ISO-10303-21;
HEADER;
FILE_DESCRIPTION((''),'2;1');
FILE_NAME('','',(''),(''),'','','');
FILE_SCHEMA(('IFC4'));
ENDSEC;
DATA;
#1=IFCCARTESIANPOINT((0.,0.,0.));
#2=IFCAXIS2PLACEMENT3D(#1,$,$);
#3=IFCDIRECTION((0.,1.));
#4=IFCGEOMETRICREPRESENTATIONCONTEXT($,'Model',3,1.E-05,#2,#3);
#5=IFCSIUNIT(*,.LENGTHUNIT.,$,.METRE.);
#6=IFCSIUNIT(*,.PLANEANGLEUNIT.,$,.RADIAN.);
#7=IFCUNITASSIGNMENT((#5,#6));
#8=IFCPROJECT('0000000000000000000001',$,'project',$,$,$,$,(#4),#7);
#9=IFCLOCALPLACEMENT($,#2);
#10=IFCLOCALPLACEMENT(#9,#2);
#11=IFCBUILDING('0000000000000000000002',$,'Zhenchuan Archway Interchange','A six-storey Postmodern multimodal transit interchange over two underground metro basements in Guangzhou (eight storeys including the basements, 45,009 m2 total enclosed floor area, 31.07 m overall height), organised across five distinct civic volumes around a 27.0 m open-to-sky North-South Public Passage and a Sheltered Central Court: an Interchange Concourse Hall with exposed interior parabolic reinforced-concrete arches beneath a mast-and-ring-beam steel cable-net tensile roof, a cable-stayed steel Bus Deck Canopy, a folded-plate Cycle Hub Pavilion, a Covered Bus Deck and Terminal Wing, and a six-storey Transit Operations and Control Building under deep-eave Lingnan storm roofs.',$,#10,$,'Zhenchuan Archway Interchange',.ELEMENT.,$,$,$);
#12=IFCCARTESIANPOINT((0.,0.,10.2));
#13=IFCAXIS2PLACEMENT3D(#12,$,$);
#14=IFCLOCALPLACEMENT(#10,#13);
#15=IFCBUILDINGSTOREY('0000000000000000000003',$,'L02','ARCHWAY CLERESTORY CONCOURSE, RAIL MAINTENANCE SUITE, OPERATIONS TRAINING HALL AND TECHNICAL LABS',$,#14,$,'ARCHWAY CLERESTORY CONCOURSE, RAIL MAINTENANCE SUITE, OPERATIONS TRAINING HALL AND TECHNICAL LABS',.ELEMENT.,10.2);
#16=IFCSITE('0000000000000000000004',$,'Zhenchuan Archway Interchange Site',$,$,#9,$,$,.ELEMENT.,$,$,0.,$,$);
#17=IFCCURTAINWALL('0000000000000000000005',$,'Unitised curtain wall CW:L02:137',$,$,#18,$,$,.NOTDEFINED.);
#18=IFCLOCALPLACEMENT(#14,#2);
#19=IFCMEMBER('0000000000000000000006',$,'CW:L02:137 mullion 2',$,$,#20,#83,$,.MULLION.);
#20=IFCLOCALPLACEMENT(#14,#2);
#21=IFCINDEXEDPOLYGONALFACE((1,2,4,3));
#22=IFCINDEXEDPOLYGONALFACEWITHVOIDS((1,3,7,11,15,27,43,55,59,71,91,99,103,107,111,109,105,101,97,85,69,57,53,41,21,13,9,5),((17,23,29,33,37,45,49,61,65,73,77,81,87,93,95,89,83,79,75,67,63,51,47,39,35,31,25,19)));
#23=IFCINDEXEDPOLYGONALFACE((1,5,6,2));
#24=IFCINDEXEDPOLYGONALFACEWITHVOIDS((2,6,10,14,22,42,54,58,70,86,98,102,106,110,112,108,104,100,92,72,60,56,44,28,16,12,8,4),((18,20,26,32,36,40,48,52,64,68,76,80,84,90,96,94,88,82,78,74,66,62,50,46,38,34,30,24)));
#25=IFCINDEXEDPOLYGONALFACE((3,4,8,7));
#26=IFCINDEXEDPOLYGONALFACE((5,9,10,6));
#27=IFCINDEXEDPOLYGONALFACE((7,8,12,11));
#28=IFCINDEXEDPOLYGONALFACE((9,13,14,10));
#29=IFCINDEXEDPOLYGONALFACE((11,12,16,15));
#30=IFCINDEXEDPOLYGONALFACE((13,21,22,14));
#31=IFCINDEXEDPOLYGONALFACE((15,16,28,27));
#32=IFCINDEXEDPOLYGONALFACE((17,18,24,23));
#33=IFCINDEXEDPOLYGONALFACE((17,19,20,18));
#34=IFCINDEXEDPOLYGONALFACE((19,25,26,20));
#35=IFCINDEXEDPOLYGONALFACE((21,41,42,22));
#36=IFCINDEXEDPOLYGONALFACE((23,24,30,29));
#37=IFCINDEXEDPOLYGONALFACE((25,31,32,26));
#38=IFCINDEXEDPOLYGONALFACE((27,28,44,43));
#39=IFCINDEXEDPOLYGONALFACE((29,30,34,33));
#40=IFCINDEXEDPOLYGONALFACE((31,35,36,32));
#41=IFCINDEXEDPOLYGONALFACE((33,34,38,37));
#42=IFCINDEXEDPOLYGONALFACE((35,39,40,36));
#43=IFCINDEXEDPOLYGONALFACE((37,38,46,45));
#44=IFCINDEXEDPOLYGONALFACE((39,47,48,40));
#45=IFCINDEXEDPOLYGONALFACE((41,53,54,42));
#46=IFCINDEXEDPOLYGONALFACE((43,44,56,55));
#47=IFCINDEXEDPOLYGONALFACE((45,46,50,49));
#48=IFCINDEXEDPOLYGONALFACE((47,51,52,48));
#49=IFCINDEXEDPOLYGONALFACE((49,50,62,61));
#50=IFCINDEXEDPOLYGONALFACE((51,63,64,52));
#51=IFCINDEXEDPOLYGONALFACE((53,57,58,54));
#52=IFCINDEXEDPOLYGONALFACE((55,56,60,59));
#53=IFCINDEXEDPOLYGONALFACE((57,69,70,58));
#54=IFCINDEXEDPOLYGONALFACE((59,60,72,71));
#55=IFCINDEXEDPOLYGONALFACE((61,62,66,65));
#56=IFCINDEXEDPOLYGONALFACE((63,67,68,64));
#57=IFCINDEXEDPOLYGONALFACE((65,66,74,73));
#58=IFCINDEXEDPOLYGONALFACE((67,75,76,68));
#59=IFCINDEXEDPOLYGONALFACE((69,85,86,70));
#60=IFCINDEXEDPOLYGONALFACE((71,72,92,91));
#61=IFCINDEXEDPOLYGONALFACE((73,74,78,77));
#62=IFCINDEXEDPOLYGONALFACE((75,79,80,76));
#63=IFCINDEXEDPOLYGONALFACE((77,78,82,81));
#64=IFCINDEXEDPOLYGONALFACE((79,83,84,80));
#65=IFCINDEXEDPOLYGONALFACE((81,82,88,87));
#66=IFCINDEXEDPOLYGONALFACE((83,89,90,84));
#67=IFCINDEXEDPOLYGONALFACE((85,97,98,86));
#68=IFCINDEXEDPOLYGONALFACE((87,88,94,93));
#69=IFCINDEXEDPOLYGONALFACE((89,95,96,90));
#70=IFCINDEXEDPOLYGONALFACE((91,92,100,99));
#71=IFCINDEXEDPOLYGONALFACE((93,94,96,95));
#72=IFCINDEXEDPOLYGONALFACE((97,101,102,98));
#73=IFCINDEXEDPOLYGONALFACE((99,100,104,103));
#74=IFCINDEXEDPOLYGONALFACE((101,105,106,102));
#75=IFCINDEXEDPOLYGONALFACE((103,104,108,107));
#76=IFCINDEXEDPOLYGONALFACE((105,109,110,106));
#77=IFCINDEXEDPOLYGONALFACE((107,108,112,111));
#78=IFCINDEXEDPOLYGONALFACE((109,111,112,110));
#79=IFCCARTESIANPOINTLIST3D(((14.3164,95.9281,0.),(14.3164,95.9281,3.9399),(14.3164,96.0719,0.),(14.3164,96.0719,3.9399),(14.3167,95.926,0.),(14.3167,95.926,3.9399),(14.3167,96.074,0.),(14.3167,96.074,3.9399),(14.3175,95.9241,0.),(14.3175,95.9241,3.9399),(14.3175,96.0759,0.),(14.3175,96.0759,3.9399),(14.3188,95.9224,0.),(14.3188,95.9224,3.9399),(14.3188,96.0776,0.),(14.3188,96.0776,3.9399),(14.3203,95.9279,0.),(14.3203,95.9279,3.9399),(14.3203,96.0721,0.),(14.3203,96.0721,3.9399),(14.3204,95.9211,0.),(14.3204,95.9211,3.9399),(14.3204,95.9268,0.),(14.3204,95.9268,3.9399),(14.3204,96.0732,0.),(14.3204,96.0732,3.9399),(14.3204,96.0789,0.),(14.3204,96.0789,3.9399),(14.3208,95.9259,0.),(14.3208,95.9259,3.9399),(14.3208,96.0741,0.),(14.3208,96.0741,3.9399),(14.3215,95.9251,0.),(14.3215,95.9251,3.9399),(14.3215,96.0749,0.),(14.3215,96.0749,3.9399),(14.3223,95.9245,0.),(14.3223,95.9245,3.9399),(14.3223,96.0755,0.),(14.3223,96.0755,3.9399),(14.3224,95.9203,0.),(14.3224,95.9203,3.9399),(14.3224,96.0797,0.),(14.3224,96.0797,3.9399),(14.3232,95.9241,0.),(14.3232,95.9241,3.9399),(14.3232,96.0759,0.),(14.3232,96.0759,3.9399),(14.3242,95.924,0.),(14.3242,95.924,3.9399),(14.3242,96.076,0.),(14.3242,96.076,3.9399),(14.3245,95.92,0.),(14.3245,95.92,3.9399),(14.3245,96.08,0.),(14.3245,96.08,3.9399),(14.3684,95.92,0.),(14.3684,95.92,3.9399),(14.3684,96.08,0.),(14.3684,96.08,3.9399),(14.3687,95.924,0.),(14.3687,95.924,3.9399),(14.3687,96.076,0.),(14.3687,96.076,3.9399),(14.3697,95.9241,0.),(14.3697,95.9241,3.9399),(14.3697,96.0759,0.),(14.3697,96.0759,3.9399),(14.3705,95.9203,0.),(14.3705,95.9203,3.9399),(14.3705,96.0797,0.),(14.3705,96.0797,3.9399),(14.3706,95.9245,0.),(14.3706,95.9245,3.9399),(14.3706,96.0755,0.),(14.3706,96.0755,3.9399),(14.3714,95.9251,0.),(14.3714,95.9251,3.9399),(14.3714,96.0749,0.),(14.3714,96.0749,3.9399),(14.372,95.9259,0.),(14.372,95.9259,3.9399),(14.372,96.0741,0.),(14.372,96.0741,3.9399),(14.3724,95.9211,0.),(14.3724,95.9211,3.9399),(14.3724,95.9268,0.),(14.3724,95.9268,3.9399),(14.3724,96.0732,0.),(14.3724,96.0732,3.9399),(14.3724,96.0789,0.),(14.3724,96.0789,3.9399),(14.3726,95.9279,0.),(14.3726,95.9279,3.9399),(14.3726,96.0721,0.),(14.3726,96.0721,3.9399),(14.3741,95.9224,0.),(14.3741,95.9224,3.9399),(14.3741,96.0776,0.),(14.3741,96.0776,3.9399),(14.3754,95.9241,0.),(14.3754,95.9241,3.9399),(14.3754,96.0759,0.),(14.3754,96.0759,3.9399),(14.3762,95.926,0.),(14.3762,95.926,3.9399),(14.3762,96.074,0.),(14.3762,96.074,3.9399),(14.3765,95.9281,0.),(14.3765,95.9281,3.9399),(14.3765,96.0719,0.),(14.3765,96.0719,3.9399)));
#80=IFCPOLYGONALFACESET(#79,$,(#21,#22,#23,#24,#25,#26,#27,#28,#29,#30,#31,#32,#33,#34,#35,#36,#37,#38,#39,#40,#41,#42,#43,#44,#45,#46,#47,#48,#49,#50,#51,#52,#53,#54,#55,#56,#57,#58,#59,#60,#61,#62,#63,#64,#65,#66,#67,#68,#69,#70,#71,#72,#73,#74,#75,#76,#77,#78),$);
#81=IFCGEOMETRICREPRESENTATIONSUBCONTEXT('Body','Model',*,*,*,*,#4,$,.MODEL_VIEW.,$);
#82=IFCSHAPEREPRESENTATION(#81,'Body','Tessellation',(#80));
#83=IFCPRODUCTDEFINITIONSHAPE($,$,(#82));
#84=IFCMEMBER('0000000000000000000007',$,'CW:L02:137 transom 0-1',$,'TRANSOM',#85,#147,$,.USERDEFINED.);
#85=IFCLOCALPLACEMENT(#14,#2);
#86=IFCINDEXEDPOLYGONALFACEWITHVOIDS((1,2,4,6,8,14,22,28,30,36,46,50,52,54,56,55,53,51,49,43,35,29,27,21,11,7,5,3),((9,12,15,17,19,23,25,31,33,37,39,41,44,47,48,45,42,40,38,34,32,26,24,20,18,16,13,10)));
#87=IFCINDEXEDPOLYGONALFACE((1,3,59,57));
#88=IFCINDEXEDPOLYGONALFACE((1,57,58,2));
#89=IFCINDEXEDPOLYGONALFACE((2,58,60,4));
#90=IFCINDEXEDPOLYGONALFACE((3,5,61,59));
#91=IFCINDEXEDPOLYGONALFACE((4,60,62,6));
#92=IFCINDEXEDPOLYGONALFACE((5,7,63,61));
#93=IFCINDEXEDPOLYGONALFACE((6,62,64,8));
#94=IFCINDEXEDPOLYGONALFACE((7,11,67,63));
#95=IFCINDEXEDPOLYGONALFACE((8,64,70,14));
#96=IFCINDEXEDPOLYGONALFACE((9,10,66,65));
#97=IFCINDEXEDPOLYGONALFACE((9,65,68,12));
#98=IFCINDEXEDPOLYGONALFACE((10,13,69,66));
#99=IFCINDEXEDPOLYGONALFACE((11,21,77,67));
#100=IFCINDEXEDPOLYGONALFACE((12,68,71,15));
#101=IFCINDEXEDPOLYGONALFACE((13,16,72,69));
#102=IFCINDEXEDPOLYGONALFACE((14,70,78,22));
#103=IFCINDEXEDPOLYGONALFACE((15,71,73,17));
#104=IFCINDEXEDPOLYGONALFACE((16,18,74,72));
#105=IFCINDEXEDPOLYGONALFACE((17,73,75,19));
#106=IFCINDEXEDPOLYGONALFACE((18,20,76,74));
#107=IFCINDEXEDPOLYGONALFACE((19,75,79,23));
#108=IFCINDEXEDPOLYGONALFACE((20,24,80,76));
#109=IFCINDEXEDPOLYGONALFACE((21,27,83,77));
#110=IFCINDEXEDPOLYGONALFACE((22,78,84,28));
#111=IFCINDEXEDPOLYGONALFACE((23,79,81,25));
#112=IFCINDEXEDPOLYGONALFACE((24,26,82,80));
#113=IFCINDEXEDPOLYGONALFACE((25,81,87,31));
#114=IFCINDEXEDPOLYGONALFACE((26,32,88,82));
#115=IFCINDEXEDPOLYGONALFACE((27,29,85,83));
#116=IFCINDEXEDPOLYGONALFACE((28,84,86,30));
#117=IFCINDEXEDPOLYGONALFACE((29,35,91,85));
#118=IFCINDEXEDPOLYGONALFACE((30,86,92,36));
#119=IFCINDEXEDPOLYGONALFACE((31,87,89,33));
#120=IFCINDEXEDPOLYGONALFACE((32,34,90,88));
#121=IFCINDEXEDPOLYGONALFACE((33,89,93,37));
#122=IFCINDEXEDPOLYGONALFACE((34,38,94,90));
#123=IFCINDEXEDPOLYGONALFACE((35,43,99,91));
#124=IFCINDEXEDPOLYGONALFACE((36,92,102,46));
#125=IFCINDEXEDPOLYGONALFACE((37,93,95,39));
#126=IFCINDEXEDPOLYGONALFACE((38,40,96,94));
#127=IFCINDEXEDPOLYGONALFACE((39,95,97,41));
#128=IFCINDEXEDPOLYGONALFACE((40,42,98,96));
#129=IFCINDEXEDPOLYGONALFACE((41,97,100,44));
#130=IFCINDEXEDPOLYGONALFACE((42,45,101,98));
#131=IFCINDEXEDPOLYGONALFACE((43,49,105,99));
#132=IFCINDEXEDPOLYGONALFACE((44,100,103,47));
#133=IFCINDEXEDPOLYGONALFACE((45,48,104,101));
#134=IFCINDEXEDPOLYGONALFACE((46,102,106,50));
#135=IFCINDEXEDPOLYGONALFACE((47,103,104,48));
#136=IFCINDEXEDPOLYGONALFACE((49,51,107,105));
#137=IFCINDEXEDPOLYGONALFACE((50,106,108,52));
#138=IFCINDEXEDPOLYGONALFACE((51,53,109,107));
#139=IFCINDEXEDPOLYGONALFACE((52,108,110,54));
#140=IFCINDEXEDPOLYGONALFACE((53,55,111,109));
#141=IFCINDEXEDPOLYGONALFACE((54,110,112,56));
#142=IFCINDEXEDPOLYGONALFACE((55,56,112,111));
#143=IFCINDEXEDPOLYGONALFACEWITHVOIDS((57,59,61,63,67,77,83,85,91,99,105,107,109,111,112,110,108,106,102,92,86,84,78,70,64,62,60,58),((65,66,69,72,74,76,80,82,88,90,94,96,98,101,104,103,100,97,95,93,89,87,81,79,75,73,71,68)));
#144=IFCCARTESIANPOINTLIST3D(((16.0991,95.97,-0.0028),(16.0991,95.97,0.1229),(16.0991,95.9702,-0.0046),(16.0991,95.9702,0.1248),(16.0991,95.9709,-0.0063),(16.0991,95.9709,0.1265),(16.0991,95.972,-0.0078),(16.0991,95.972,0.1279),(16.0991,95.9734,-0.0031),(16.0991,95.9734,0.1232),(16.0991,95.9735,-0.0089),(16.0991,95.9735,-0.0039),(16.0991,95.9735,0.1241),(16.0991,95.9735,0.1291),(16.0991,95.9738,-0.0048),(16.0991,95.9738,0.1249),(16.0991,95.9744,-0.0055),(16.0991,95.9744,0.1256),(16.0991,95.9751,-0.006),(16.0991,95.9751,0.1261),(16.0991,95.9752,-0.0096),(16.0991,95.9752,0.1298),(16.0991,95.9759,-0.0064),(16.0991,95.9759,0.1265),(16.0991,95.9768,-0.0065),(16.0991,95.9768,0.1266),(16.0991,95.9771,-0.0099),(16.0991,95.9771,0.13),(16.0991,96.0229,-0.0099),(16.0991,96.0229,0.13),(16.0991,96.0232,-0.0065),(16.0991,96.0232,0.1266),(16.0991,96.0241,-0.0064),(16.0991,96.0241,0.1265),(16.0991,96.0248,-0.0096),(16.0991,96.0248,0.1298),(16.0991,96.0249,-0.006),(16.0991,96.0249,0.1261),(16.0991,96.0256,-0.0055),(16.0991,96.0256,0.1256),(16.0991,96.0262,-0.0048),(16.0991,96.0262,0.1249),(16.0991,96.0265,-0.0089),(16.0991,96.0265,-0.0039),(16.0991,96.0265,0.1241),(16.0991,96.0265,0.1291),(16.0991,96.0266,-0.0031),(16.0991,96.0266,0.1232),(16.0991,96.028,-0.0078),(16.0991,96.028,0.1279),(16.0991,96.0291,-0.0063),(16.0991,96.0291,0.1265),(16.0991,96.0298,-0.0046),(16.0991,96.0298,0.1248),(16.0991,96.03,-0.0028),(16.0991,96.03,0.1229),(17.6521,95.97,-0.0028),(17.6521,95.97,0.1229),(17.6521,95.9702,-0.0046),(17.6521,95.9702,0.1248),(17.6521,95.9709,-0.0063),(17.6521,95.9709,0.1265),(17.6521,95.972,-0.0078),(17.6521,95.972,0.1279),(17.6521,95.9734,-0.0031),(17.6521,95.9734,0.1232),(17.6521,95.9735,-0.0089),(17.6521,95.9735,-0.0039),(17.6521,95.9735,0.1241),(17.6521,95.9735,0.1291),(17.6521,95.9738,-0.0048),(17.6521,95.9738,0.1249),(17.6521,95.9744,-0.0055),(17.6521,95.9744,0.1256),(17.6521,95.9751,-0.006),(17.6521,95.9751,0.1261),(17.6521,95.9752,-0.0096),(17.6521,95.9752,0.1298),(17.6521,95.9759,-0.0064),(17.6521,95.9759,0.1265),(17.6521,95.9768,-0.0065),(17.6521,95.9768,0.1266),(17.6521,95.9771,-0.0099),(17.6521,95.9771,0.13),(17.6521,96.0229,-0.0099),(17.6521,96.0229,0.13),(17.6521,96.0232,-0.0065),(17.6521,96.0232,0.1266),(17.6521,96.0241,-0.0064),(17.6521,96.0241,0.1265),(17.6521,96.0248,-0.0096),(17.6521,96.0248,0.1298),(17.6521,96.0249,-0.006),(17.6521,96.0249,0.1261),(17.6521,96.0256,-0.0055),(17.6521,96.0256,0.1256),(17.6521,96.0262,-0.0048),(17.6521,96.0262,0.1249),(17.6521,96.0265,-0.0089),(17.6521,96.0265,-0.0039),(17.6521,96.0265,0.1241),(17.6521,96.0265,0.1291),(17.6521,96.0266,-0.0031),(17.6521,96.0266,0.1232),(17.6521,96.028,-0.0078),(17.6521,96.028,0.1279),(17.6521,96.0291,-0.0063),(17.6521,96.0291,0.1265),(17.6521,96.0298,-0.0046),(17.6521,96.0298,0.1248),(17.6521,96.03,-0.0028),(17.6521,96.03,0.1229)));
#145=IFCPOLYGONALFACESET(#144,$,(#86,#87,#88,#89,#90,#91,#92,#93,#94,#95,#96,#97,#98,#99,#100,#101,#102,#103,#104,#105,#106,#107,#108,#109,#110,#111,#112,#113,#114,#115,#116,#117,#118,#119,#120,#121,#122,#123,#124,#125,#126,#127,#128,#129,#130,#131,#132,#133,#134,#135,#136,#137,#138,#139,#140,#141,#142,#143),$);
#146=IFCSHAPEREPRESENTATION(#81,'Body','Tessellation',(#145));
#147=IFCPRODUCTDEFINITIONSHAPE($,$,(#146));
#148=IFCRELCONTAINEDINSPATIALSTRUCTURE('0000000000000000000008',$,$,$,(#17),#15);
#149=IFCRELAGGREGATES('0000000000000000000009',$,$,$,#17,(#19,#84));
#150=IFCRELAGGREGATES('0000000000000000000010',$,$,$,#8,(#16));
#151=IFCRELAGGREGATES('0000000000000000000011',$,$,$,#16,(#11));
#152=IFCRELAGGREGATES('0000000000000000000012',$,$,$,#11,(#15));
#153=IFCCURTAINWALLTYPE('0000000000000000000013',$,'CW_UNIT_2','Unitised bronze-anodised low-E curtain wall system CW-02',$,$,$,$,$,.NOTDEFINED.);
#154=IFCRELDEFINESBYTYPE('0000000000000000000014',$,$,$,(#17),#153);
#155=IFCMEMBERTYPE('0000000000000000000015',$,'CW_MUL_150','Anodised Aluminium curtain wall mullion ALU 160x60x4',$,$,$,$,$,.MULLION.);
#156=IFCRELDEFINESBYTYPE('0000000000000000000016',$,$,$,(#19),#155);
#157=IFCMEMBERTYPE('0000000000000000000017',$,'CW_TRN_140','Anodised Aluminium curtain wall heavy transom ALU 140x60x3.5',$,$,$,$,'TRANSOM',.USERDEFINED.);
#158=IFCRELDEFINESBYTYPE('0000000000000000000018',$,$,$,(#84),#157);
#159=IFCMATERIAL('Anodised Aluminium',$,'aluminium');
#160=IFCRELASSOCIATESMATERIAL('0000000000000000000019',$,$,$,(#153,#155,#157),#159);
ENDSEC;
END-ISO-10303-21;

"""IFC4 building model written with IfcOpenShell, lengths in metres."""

from ifc_helpers import new_model, si_unit, direction, frame, origin, origin_2d, place, context, subcontext, project, spatial, hollow_rectangle, extrude, material, material_profile, profile_set, type_object, element, aggregate, save


model = new_model("IFC4")

# Units and contexts
model_context = context("Model", 3, precision=1e-05, world=origin(), true_north=direction((0.0, 1.0)))
body_context = subcontext(model_context, "Body", "Model", "MODEL_VIEW")
ifc_project = project(units=[si_unit("LENGTHUNIT", "METRE"), si_unit("PLANEANGLEUNIT", "RADIAN")], contexts=[model_context])

# Site, building, storey
site_placement = place(None, origin())
site = spatial("IfcSite", under=ifc_project, at=site_placement, Name="Zhenchuan Archway Interchange Site", CompositionType="ELEMENT", RefElevation=0.0)
building_placement = place(site_placement, origin())
building = spatial("IfcBuilding", under=site, at=building_placement, Name="Zhenchuan Archway Interchange", Description="A six-storey Postmodern multimodal transit interchange over two underground metro basements in Guangzhou (eight storeys including the basements, 45,009 m2 total enclosed floor area, 31.07 m overall height), organised across five distinct civic volumes around a 27.0 m open-to-sky North-South Public Passage and a Sheltered Central Court: an Interchange Concourse Hall with exposed interior parabolic reinforced-concrete arches beneath a mast-and-ring-beam steel cable-net tensile roof, a cable-stayed steel Bus Deck Canopy, a folded-plate Cycle Hub Pavilion, a Covered Bus Deck and Terminal Wing, and a six-storey Transit Operations and Control Building under deep-eave Lingnan storm roofs.", LongName="Zhenchuan Archway Interchange", CompositionType="ELEMENT")
storey_placement = place(building_placement, frame((0.0, 0.0, 10.2)))
storey = spatial("IfcBuildingStorey", under=building, at=storey_placement, Name="L02", Description="ARCHWAY CLERESTORY CONCOURSE, RAIL MAINTENANCE SUITE, OPERATIONS TRAINING HALL AND TECHNICAL LABS", LongName="ARCHWAY CLERESTORY CONCOURSE, RAIL MAINTENANCE SUITE, OPERATIONS TRAINING HALL AND TECHNICAL LABS", CompositionType="ELEMENT", Elevation=10.2)

# Curtain wall, members
ifc_material_1 = material(Name="Anodised Aluminium", Category="aluminium")
curtain_wall_type = type_object("IfcCurtainWallType", Name="CW_UNIT_2", Description="Unitised bronze-anodised low-E curtain wall system CW-02", PredefinedType="NOTDEFINED", material=ifc_material_1)
curtain_wall_placement = place(storey_placement, origin())
curtain_wall = element("IfcCurtainWall", 1, at=curtain_wall_placement, inside=storey, type_object=curtain_wall_type, Name="Unitised curtain wall CW:L02:137", PredefinedType="NOTDEFINED")
ifc_material_profile_1 = material_profile(ifc_material_1, hollow_rectangle(XDim=0.0601, YDim=0.1599, WallThickness=0.0039, InnerFilletRadius=0.0039, OuterFilletRadius=0.0081, at=origin_2d()), Name="ALU 160x60x4")
ifc_profile_set_1 = profile_set([ifc_material_profile_1], Name="Anodised Aluminium")
member_type_1 = type_object("IfcMemberType", Name="CW_MUL_150", Description="Anodised Aluminium curtain wall mullion ALU 160x60x4", PredefinedType="MULLION", material=ifc_profile_set_1)
member_1_placement = place(storey_placement, frame((14.3464, 96.0, 0.0), z_axis=(0.0, 0.0, 1.0), x_axis=(1.0, 0.0, 0.0)))
member_1 = element("IfcMember", 2, at=member_1_placement, type_object=member_type_1, Name="CW:L02:137 mullion 2", PredefinedType="MULLION", context=body_context, shape_type="SweptSolid", body=[
    extrude(hollow_rectangle(XDim=0.0601, YDim=0.1599, WallThickness=0.0039, InnerFilletRadius=0.0039, OuterFilletRadius=0.0081, at=origin_2d()), origin(), (0.0, 0.0, 1.0), 3.9399),
])
ifc_material_profile_2 = material_profile(ifc_material_1, hollow_rectangle(XDim=0.0601, YDim=0.1399, WallThickness=0.0034, InnerFilletRadius=0.0034, OuterFilletRadius=0.0071, at=origin_2d()), Name="ALU 140x60x3.5")
ifc_profile_set_2 = profile_set([ifc_material_profile_2], Name="Anodised Aluminium")
member_type_2 = type_object("IfcMemberType", Name="CW_TRN_140", Description="Anodised Aluminium curtain wall heavy transom ALU 140x60x3.5", ElementType="TRANSOM", PredefinedType="USERDEFINED", material=ifc_profile_set_2)
member_2_placement = place(storey_placement, frame((17.6521, 96.0, 0.0601), z_axis=(-1.0, 0.0, 0.0), x_axis=(0.0, -1.0, 0.0)))
member_2 = element("IfcMember", 3, at=member_2_placement, type_object=member_type_2, Name="CW:L02:137 transom 0-1", ObjectType="TRANSOM", PredefinedType="USERDEFINED", context=body_context, shape_type="SweptSolid", body=[
    extrude(hollow_rectangle(XDim=0.0601, YDim=0.1399, WallThickness=0.0034, InnerFilletRadius=0.0034, OuterFilletRadius=0.0071, at=origin_2d()), origin(), (0.0, 0.0, 1.0), 1.553),
])

aggregate(curtain_wall, [member_1, member_2])

save(model, "model.ifc")
